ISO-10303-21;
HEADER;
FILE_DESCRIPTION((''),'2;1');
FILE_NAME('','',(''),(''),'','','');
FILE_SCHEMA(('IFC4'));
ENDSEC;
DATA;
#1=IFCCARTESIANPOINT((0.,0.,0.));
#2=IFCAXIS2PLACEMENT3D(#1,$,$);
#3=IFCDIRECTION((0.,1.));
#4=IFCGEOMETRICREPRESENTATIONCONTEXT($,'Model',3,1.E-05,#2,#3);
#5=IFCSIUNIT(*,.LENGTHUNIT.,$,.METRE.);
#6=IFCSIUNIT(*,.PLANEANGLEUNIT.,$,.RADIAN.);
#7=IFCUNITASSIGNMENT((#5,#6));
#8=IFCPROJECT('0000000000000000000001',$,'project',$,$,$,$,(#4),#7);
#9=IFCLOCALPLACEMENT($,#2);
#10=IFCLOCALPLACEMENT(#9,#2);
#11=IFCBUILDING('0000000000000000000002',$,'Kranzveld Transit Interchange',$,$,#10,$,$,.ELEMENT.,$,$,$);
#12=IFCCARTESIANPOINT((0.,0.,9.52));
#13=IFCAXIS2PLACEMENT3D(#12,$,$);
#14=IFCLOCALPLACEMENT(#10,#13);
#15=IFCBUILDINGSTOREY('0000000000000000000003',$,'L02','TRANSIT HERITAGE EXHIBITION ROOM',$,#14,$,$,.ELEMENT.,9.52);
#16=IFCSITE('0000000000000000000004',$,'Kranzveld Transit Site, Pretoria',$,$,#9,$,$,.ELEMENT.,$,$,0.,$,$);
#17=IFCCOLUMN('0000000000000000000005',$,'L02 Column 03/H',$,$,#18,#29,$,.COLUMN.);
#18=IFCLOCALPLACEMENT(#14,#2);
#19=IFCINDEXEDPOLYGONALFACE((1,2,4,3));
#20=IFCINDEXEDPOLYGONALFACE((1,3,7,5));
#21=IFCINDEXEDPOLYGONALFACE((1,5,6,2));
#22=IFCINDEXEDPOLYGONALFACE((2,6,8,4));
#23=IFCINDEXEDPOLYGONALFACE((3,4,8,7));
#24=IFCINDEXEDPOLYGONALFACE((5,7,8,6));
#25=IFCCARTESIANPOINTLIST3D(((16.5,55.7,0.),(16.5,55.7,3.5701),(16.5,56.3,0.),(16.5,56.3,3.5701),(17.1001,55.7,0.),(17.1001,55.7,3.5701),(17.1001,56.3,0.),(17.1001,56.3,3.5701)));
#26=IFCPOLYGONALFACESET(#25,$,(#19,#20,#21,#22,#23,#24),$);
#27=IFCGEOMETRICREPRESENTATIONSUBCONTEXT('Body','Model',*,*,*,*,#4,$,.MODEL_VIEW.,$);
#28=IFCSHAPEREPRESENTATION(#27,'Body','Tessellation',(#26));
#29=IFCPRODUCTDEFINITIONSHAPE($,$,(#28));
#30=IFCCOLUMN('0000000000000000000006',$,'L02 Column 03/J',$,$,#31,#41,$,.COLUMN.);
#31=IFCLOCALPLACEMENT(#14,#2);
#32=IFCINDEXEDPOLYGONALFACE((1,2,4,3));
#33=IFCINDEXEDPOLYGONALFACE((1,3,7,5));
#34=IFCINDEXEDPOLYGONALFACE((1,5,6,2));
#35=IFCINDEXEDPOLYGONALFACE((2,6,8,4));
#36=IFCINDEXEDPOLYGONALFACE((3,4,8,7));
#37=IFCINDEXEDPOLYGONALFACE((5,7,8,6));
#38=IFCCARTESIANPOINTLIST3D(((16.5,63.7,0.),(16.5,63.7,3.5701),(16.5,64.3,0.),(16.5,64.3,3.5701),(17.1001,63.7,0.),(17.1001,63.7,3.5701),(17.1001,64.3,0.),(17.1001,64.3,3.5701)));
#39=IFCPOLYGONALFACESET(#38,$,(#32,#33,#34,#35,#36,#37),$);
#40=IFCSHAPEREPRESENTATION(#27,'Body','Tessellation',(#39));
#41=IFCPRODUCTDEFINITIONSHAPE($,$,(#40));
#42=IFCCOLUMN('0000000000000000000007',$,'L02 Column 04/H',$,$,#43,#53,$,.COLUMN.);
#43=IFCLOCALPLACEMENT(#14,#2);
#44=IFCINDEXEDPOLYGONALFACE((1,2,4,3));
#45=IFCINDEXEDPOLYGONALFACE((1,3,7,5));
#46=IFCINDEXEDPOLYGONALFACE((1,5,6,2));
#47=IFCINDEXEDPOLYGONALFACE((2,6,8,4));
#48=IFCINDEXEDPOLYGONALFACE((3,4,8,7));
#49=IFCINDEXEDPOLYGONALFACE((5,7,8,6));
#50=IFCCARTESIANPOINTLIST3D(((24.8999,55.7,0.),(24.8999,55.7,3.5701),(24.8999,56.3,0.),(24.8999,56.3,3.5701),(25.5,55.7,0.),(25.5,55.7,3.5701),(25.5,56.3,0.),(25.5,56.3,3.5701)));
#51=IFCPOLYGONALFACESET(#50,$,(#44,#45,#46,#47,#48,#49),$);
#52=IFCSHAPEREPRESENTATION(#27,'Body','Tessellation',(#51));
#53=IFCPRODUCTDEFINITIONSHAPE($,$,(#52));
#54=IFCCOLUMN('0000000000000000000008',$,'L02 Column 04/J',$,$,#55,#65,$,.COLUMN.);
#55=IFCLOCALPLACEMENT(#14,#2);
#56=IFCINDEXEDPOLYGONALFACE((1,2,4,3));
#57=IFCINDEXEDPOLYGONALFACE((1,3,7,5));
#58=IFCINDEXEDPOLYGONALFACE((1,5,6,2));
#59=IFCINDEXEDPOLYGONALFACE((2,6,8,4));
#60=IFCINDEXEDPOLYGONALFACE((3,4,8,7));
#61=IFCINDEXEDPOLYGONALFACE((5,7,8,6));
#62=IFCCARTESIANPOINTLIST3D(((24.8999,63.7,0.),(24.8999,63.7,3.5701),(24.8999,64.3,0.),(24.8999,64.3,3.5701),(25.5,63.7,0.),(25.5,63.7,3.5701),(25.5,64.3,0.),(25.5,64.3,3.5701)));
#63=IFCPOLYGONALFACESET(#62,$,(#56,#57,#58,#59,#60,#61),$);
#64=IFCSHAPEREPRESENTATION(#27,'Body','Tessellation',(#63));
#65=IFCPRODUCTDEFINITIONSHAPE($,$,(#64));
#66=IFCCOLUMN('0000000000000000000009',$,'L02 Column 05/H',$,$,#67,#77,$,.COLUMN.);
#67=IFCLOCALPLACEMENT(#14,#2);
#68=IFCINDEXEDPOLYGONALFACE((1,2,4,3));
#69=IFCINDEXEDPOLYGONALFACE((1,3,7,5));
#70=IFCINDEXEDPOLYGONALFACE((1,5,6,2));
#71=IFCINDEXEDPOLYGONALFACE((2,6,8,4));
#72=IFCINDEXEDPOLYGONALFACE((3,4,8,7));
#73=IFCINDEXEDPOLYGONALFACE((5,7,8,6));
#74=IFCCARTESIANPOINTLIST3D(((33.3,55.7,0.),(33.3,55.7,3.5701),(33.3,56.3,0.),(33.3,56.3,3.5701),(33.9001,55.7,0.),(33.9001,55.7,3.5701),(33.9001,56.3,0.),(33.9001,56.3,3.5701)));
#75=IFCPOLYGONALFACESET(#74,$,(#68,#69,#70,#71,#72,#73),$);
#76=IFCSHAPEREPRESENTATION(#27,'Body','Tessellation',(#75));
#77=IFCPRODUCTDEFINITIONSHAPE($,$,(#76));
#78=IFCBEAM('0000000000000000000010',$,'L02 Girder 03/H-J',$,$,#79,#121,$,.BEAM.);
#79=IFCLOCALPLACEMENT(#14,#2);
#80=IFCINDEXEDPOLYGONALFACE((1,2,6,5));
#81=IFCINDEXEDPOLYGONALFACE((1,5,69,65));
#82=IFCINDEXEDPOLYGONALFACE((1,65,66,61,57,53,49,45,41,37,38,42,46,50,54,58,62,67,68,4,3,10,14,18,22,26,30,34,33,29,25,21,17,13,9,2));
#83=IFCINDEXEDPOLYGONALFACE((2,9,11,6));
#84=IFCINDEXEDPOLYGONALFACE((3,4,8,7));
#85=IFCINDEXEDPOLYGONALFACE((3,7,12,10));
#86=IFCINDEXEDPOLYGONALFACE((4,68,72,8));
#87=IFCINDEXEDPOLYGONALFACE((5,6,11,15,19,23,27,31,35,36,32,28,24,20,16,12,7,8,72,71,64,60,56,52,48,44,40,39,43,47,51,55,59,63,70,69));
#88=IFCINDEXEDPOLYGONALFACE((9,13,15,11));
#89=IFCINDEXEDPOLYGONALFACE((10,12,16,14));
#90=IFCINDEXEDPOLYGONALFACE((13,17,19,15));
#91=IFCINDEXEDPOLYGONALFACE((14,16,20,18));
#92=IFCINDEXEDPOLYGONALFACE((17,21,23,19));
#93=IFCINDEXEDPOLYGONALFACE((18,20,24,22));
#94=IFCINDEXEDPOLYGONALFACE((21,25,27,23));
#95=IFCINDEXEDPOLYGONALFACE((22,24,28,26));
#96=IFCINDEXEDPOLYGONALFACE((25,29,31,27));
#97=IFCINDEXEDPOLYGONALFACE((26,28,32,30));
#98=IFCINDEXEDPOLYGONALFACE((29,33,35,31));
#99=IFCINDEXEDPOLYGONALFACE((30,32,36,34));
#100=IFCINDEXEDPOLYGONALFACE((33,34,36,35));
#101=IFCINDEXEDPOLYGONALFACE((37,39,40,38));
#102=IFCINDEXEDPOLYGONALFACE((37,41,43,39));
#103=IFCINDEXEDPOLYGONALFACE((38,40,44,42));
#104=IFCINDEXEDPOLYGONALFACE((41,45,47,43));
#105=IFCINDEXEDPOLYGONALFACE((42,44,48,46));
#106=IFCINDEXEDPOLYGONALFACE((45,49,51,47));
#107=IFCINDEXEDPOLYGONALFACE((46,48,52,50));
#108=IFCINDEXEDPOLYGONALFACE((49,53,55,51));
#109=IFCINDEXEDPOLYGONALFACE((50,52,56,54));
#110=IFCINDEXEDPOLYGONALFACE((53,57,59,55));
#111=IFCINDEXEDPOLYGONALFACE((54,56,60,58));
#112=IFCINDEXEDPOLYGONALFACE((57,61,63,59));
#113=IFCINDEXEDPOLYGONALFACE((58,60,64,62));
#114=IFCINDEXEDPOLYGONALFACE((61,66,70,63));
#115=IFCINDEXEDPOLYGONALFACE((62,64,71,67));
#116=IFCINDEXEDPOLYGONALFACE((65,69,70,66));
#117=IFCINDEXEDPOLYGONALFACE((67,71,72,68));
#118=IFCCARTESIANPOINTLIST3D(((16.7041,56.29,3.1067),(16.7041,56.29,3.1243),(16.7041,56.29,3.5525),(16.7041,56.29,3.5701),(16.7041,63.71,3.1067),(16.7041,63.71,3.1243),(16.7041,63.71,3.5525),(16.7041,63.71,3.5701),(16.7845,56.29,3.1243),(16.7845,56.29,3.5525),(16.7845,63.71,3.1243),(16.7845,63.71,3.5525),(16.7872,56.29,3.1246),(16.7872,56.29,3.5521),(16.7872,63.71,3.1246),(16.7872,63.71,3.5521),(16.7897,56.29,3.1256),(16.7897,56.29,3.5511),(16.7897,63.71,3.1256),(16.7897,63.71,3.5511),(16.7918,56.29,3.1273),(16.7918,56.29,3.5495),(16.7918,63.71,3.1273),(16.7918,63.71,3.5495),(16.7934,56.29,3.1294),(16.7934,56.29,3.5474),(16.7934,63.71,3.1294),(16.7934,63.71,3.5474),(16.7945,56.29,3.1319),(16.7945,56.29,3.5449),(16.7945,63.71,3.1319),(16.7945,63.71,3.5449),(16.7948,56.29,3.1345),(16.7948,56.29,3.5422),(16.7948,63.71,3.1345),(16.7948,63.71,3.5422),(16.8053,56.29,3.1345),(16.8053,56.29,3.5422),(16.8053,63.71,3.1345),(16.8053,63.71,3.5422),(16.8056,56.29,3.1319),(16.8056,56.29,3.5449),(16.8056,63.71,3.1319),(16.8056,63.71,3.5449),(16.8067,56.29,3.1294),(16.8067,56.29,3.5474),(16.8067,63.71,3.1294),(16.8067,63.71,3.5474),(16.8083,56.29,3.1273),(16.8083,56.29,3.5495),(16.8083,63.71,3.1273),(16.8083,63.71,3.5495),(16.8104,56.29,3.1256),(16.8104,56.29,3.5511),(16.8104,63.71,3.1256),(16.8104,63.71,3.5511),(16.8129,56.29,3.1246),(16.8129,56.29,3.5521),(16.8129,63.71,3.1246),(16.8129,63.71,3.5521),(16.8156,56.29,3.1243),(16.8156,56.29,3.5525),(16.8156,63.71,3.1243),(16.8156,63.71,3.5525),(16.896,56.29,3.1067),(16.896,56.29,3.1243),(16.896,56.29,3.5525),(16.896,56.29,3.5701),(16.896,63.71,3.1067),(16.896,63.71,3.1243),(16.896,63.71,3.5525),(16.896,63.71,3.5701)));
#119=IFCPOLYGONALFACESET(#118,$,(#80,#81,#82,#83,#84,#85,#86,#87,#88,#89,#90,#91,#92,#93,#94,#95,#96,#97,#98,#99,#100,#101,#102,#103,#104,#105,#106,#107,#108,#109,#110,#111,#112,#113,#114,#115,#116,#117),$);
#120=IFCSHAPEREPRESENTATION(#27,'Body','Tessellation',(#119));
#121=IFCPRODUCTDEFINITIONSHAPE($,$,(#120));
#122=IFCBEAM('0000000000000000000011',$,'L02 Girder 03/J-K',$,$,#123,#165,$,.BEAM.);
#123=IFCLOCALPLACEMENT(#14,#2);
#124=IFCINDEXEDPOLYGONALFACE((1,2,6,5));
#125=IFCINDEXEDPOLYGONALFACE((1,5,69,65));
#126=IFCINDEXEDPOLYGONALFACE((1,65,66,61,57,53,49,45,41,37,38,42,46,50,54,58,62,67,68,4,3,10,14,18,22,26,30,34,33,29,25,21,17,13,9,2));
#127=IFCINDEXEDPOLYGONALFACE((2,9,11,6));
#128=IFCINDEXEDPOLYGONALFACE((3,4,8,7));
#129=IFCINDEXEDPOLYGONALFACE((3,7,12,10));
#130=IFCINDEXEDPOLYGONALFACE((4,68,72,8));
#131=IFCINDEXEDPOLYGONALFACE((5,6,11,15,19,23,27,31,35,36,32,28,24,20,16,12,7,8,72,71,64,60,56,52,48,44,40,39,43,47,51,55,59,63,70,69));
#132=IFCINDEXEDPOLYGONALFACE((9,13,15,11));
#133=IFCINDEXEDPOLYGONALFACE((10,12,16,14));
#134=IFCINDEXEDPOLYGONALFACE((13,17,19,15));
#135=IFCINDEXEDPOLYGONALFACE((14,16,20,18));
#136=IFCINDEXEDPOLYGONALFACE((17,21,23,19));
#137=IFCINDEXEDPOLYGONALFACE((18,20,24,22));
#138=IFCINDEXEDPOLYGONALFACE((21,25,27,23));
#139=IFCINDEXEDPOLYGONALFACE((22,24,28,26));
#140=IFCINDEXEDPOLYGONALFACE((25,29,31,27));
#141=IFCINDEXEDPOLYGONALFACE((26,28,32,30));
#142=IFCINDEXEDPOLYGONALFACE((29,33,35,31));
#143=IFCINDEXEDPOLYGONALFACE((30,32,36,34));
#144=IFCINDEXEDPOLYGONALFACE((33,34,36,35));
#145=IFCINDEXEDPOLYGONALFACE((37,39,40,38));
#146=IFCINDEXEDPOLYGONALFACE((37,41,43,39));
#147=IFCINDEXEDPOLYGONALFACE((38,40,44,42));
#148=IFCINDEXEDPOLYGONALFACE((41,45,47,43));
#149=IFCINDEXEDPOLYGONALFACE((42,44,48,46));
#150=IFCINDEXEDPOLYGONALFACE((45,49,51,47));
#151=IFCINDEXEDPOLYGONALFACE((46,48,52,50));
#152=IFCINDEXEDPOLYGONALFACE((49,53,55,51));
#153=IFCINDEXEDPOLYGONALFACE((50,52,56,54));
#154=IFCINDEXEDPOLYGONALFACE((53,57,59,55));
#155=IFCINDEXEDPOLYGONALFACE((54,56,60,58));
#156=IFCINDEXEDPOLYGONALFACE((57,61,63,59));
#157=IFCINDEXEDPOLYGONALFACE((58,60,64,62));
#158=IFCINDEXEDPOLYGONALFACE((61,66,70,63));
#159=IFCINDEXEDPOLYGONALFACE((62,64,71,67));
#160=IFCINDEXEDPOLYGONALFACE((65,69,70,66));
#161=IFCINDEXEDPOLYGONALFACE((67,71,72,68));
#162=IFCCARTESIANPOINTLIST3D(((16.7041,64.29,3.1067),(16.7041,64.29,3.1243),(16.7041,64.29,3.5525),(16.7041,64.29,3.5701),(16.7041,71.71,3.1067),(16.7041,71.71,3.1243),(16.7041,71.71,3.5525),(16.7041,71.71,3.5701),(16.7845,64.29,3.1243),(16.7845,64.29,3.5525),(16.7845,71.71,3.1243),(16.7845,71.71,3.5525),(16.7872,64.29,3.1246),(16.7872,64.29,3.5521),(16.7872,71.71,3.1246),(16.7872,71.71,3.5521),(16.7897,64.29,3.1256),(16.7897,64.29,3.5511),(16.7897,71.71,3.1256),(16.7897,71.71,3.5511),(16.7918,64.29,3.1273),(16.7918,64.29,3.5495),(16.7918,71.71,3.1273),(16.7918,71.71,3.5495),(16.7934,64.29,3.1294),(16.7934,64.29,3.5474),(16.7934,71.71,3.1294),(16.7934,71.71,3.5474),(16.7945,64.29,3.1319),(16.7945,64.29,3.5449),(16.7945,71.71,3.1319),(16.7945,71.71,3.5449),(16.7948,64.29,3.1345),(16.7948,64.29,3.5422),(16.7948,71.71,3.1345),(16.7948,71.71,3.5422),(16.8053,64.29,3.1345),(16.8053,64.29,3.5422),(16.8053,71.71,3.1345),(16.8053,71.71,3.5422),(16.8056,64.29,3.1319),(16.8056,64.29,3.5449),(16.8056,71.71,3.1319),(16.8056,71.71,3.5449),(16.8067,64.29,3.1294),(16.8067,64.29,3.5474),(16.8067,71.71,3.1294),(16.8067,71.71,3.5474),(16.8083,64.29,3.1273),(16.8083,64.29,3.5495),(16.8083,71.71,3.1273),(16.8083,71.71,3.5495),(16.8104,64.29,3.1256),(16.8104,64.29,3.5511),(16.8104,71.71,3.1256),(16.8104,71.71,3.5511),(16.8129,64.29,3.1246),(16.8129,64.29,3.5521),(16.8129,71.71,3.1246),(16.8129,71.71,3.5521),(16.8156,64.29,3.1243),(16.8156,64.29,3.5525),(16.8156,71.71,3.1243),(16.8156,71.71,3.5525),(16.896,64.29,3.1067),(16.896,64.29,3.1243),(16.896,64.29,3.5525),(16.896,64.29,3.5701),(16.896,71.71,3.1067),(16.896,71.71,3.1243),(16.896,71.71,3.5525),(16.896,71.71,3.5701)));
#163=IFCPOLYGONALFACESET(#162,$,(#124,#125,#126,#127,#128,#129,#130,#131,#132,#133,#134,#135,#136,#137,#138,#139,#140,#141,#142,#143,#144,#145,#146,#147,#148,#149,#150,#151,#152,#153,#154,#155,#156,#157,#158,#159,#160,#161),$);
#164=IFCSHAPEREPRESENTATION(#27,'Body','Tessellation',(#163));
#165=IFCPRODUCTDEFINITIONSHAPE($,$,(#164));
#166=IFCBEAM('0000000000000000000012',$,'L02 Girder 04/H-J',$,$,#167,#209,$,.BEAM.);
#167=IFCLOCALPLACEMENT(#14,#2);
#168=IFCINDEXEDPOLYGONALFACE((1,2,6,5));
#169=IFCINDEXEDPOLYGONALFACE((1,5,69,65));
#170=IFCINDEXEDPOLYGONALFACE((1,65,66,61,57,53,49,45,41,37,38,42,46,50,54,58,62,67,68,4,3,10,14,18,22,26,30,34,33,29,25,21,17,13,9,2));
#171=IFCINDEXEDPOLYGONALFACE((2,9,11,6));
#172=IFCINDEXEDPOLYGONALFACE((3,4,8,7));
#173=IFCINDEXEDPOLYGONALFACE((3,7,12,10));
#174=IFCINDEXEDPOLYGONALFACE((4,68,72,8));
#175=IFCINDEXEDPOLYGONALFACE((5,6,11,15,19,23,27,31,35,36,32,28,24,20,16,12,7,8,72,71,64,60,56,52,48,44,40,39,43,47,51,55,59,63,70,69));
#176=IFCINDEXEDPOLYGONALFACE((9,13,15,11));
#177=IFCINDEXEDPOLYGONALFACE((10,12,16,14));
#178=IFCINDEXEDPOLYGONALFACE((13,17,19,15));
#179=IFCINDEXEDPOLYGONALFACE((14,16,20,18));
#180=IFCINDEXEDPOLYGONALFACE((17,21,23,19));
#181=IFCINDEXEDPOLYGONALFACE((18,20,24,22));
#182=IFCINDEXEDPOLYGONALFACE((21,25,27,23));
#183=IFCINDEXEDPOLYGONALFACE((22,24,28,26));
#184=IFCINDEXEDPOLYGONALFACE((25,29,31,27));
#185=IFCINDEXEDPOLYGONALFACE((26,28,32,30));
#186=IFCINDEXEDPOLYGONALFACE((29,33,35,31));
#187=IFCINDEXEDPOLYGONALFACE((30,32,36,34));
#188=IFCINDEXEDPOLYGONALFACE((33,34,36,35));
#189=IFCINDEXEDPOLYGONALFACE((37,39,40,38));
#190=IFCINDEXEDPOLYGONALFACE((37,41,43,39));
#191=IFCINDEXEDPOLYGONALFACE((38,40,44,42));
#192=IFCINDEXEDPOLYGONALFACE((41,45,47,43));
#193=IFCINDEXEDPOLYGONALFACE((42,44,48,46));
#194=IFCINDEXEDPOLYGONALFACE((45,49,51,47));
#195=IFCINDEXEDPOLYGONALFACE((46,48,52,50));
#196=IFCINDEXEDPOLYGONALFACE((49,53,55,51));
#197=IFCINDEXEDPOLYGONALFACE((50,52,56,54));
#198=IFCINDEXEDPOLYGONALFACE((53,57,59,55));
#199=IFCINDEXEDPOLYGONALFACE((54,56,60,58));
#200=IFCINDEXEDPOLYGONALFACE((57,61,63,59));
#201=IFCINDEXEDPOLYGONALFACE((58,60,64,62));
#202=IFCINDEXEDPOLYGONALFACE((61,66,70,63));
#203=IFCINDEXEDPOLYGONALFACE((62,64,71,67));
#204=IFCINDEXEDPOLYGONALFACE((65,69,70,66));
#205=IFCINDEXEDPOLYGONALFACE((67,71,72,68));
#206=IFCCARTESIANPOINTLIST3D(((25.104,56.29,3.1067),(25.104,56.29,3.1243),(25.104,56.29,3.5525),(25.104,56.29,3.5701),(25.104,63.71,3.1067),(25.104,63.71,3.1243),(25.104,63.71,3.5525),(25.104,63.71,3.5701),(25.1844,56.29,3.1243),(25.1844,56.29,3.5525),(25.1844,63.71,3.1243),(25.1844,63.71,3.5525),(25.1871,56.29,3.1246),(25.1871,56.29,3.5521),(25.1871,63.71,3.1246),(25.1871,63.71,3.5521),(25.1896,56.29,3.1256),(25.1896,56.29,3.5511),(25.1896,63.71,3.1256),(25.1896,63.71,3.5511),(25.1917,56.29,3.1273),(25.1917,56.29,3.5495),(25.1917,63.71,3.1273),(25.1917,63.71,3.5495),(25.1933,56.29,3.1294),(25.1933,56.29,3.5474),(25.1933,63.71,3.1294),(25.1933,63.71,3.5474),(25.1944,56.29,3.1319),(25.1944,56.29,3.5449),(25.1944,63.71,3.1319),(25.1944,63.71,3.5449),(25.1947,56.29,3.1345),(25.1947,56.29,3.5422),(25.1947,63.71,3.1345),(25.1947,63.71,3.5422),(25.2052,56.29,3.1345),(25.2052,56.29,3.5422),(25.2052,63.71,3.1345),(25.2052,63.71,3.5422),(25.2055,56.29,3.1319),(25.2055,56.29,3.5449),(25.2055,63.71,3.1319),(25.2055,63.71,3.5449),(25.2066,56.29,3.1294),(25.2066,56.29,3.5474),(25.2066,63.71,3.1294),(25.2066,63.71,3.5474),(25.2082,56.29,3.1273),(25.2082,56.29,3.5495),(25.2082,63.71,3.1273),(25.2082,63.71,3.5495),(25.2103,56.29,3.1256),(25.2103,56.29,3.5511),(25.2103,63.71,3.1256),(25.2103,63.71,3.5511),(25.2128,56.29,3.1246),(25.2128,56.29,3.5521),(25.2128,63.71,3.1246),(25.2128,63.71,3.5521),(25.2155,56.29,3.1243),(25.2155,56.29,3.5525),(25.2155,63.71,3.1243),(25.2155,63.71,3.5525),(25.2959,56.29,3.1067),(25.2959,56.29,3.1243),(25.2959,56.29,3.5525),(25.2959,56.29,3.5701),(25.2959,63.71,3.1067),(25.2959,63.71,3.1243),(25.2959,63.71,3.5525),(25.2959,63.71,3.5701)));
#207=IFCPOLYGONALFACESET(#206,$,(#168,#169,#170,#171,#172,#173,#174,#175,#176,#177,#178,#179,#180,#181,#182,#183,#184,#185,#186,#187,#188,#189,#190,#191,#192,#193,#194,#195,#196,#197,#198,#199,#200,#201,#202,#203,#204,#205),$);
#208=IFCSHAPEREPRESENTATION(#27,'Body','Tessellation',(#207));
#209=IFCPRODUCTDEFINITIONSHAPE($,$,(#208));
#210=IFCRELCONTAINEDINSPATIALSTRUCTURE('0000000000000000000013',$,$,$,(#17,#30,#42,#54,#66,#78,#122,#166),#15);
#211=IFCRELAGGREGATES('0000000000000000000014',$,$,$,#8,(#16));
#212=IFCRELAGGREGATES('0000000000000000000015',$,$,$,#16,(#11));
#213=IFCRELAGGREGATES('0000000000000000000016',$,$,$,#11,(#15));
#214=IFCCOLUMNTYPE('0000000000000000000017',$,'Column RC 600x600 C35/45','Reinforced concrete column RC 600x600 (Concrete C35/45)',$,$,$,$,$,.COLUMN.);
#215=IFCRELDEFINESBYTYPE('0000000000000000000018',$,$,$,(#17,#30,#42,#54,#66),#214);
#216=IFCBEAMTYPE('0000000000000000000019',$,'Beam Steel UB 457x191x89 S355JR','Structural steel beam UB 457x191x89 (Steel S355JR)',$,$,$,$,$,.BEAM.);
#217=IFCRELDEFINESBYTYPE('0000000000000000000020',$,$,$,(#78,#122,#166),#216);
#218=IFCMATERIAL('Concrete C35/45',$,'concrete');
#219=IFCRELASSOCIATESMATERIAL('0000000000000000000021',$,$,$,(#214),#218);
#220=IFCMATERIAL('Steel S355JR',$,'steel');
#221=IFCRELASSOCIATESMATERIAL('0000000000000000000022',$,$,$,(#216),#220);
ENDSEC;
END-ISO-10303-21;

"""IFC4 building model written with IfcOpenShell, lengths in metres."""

from ifc_helpers import new_model, si_unit, direction, frame, origin, origin_2d, place, context, subcontext, project, spatial, rectangle, i_section, extrude, material, material_profile, profile_set, type_object, element, save


model = new_model("IFC4")

# Units and contexts
model_context = context("Model", 3, precision=1e-05, world=origin(), true_north=direction((0.0, 1.0)))
body_context = subcontext(model_context, "Body", "Model", "MODEL_VIEW")
ifc_project = project(units=[si_unit("LENGTHUNIT", "METRE"), si_unit("PLANEANGLEUNIT", "RADIAN")], contexts=[model_context])

# Site, building, storey
site_placement = place(None, origin())
site = spatial("IfcSite", under=ifc_project, at=site_placement, Name="Kranzveld Transit Site, Pretoria", CompositionType="ELEMENT", RefElevation=0.0)
building_placement = place(site_placement, origin())
building = spatial("IfcBuilding", under=site, at=building_placement, Name="Kranzveld Transit Interchange", CompositionType="ELEMENT")
storey_placement = place(building_placement, frame((0.0, 0.0, 9.52)))
storey = spatial("IfcBuildingStorey", under=building, at=storey_placement, Name="L02", Description="TRANSIT HERITAGE EXHIBITION ROOM", CompositionType="ELEMENT", Elevation=9.52)

# Columns
ifc_material_1 = material(Name="Concrete C35/45", Category="concrete")
ifc_material_profile_1 = material_profile(ifc_material_1, rectangle(XDim=0.6001, YDim=0.6001, at=origin_2d()), Name="RC 600x600")
ifc_profile_set_1 = profile_set([ifc_material_profile_1], Name="Concrete C35/45")
column_type = type_object("IfcColumnType", Name="Column RC 600x600 C35/45", Description="Reinforced concrete column RC 600x600 (Concrete C35/45)", PredefinedType="COLUMN", material=ifc_profile_set_1)
for number, where, z_axis, x_axis, name in (
    (1, (16.8, 56.0, 0.0), (0.0, 0.0, 1.0), (1.0, 0.0, 0.0), "L02 Column 03/H"),
    (2, (16.8, 64.0, 0.0), (0.0, 0.0, 1.0), (1.0, 0.0, 0.0), "L02 Column 03/J"),
    (3, (25.2, 56.0, 0.0), (0.0, 0.0, 1.0), (1.0, 0.0, 0.0), "L02 Column 04/H"),
    (4, (25.2, 64.0, 0.0), (0.0, 0.0, 1.0), (1.0, 0.0, 0.0), "L02 Column 04/J"),
    (5, (33.6001, 56.0, 0.0), (0.0, 0.0, 1.0), (1.0, 0.0, 0.0), "L02 Column 05/H"),
):
    element("IfcColumn", number, at=place(storey_placement, frame(where, z_axis=z_axis, x_axis=x_axis)), inside=storey, type_object=column_type, Name=name, PredefinedType="COLUMN", context=body_context, shape_type="SweptSolid", body=[
        extrude(rectangle(XDim=0.6001, YDim=0.6001, at=origin_2d()), origin(), (0.0, 0.0, 1.0), 3.5701),
    ])

# Beams
ifc_material_2 = material(Name="Steel S355JR", Category="steel")
ifc_material_profile_2 = material_profile(ifc_material_2, i_section(OverallWidth=0.1919, OverallDepth=0.4634, WebThickness=0.0105, FlangeThickness=0.0176, FilletRadius=0.0103, at=origin_2d()), Name="UB 457x191x89")
ifc_profile_set_2 = profile_set([ifc_material_profile_2], Name="Steel S355JR")
beam_type_1 = type_object("IfcBeamType", Name="Beam Steel UB 457x191x89 S355JR", Description="Structural steel beam UB 457x191x89 (Steel S355JR)", PredefinedType="BEAM", material=ifc_profile_set_2)
for number, where, z_axis, x_axis, name in (
    (6, (16.8, 56.29, 3.3384), (0.0, 1.0, 0.0), (-1.0, 0.0, 0.0), "L02 Girder 03/H-J"),
    (7, (16.8, 64.29, 3.3384), (0.0, 1.0, 0.0), (-1.0, 0.0, 0.0), "L02 Girder 03/J-K"),
    (8, (25.2, 56.29, 3.3384), (0.0, 1.0, 0.0), (-1.0, 0.0, 0.0), "L02 Girder 04/H-J"),
):
    element("IfcBeam", number, at=place(storey_placement, frame(where, z_axis=z_axis, x_axis=x_axis)), inside=storey, type_object=beam_type_1, Name=name, PredefinedType="BEAM", context=body_context, shape_type="SweptSolid", body=[
        extrude(i_section(OverallWidth=0.1919, OverallDepth=0.4634, WebThickness=0.0105, FlangeThickness=0.0176, FilletRadius=0.0103, at=origin_2d()), origin(), (0.0, 0.0, 1.0), 7.4199),
    ])

save(model, "model.ifc")
